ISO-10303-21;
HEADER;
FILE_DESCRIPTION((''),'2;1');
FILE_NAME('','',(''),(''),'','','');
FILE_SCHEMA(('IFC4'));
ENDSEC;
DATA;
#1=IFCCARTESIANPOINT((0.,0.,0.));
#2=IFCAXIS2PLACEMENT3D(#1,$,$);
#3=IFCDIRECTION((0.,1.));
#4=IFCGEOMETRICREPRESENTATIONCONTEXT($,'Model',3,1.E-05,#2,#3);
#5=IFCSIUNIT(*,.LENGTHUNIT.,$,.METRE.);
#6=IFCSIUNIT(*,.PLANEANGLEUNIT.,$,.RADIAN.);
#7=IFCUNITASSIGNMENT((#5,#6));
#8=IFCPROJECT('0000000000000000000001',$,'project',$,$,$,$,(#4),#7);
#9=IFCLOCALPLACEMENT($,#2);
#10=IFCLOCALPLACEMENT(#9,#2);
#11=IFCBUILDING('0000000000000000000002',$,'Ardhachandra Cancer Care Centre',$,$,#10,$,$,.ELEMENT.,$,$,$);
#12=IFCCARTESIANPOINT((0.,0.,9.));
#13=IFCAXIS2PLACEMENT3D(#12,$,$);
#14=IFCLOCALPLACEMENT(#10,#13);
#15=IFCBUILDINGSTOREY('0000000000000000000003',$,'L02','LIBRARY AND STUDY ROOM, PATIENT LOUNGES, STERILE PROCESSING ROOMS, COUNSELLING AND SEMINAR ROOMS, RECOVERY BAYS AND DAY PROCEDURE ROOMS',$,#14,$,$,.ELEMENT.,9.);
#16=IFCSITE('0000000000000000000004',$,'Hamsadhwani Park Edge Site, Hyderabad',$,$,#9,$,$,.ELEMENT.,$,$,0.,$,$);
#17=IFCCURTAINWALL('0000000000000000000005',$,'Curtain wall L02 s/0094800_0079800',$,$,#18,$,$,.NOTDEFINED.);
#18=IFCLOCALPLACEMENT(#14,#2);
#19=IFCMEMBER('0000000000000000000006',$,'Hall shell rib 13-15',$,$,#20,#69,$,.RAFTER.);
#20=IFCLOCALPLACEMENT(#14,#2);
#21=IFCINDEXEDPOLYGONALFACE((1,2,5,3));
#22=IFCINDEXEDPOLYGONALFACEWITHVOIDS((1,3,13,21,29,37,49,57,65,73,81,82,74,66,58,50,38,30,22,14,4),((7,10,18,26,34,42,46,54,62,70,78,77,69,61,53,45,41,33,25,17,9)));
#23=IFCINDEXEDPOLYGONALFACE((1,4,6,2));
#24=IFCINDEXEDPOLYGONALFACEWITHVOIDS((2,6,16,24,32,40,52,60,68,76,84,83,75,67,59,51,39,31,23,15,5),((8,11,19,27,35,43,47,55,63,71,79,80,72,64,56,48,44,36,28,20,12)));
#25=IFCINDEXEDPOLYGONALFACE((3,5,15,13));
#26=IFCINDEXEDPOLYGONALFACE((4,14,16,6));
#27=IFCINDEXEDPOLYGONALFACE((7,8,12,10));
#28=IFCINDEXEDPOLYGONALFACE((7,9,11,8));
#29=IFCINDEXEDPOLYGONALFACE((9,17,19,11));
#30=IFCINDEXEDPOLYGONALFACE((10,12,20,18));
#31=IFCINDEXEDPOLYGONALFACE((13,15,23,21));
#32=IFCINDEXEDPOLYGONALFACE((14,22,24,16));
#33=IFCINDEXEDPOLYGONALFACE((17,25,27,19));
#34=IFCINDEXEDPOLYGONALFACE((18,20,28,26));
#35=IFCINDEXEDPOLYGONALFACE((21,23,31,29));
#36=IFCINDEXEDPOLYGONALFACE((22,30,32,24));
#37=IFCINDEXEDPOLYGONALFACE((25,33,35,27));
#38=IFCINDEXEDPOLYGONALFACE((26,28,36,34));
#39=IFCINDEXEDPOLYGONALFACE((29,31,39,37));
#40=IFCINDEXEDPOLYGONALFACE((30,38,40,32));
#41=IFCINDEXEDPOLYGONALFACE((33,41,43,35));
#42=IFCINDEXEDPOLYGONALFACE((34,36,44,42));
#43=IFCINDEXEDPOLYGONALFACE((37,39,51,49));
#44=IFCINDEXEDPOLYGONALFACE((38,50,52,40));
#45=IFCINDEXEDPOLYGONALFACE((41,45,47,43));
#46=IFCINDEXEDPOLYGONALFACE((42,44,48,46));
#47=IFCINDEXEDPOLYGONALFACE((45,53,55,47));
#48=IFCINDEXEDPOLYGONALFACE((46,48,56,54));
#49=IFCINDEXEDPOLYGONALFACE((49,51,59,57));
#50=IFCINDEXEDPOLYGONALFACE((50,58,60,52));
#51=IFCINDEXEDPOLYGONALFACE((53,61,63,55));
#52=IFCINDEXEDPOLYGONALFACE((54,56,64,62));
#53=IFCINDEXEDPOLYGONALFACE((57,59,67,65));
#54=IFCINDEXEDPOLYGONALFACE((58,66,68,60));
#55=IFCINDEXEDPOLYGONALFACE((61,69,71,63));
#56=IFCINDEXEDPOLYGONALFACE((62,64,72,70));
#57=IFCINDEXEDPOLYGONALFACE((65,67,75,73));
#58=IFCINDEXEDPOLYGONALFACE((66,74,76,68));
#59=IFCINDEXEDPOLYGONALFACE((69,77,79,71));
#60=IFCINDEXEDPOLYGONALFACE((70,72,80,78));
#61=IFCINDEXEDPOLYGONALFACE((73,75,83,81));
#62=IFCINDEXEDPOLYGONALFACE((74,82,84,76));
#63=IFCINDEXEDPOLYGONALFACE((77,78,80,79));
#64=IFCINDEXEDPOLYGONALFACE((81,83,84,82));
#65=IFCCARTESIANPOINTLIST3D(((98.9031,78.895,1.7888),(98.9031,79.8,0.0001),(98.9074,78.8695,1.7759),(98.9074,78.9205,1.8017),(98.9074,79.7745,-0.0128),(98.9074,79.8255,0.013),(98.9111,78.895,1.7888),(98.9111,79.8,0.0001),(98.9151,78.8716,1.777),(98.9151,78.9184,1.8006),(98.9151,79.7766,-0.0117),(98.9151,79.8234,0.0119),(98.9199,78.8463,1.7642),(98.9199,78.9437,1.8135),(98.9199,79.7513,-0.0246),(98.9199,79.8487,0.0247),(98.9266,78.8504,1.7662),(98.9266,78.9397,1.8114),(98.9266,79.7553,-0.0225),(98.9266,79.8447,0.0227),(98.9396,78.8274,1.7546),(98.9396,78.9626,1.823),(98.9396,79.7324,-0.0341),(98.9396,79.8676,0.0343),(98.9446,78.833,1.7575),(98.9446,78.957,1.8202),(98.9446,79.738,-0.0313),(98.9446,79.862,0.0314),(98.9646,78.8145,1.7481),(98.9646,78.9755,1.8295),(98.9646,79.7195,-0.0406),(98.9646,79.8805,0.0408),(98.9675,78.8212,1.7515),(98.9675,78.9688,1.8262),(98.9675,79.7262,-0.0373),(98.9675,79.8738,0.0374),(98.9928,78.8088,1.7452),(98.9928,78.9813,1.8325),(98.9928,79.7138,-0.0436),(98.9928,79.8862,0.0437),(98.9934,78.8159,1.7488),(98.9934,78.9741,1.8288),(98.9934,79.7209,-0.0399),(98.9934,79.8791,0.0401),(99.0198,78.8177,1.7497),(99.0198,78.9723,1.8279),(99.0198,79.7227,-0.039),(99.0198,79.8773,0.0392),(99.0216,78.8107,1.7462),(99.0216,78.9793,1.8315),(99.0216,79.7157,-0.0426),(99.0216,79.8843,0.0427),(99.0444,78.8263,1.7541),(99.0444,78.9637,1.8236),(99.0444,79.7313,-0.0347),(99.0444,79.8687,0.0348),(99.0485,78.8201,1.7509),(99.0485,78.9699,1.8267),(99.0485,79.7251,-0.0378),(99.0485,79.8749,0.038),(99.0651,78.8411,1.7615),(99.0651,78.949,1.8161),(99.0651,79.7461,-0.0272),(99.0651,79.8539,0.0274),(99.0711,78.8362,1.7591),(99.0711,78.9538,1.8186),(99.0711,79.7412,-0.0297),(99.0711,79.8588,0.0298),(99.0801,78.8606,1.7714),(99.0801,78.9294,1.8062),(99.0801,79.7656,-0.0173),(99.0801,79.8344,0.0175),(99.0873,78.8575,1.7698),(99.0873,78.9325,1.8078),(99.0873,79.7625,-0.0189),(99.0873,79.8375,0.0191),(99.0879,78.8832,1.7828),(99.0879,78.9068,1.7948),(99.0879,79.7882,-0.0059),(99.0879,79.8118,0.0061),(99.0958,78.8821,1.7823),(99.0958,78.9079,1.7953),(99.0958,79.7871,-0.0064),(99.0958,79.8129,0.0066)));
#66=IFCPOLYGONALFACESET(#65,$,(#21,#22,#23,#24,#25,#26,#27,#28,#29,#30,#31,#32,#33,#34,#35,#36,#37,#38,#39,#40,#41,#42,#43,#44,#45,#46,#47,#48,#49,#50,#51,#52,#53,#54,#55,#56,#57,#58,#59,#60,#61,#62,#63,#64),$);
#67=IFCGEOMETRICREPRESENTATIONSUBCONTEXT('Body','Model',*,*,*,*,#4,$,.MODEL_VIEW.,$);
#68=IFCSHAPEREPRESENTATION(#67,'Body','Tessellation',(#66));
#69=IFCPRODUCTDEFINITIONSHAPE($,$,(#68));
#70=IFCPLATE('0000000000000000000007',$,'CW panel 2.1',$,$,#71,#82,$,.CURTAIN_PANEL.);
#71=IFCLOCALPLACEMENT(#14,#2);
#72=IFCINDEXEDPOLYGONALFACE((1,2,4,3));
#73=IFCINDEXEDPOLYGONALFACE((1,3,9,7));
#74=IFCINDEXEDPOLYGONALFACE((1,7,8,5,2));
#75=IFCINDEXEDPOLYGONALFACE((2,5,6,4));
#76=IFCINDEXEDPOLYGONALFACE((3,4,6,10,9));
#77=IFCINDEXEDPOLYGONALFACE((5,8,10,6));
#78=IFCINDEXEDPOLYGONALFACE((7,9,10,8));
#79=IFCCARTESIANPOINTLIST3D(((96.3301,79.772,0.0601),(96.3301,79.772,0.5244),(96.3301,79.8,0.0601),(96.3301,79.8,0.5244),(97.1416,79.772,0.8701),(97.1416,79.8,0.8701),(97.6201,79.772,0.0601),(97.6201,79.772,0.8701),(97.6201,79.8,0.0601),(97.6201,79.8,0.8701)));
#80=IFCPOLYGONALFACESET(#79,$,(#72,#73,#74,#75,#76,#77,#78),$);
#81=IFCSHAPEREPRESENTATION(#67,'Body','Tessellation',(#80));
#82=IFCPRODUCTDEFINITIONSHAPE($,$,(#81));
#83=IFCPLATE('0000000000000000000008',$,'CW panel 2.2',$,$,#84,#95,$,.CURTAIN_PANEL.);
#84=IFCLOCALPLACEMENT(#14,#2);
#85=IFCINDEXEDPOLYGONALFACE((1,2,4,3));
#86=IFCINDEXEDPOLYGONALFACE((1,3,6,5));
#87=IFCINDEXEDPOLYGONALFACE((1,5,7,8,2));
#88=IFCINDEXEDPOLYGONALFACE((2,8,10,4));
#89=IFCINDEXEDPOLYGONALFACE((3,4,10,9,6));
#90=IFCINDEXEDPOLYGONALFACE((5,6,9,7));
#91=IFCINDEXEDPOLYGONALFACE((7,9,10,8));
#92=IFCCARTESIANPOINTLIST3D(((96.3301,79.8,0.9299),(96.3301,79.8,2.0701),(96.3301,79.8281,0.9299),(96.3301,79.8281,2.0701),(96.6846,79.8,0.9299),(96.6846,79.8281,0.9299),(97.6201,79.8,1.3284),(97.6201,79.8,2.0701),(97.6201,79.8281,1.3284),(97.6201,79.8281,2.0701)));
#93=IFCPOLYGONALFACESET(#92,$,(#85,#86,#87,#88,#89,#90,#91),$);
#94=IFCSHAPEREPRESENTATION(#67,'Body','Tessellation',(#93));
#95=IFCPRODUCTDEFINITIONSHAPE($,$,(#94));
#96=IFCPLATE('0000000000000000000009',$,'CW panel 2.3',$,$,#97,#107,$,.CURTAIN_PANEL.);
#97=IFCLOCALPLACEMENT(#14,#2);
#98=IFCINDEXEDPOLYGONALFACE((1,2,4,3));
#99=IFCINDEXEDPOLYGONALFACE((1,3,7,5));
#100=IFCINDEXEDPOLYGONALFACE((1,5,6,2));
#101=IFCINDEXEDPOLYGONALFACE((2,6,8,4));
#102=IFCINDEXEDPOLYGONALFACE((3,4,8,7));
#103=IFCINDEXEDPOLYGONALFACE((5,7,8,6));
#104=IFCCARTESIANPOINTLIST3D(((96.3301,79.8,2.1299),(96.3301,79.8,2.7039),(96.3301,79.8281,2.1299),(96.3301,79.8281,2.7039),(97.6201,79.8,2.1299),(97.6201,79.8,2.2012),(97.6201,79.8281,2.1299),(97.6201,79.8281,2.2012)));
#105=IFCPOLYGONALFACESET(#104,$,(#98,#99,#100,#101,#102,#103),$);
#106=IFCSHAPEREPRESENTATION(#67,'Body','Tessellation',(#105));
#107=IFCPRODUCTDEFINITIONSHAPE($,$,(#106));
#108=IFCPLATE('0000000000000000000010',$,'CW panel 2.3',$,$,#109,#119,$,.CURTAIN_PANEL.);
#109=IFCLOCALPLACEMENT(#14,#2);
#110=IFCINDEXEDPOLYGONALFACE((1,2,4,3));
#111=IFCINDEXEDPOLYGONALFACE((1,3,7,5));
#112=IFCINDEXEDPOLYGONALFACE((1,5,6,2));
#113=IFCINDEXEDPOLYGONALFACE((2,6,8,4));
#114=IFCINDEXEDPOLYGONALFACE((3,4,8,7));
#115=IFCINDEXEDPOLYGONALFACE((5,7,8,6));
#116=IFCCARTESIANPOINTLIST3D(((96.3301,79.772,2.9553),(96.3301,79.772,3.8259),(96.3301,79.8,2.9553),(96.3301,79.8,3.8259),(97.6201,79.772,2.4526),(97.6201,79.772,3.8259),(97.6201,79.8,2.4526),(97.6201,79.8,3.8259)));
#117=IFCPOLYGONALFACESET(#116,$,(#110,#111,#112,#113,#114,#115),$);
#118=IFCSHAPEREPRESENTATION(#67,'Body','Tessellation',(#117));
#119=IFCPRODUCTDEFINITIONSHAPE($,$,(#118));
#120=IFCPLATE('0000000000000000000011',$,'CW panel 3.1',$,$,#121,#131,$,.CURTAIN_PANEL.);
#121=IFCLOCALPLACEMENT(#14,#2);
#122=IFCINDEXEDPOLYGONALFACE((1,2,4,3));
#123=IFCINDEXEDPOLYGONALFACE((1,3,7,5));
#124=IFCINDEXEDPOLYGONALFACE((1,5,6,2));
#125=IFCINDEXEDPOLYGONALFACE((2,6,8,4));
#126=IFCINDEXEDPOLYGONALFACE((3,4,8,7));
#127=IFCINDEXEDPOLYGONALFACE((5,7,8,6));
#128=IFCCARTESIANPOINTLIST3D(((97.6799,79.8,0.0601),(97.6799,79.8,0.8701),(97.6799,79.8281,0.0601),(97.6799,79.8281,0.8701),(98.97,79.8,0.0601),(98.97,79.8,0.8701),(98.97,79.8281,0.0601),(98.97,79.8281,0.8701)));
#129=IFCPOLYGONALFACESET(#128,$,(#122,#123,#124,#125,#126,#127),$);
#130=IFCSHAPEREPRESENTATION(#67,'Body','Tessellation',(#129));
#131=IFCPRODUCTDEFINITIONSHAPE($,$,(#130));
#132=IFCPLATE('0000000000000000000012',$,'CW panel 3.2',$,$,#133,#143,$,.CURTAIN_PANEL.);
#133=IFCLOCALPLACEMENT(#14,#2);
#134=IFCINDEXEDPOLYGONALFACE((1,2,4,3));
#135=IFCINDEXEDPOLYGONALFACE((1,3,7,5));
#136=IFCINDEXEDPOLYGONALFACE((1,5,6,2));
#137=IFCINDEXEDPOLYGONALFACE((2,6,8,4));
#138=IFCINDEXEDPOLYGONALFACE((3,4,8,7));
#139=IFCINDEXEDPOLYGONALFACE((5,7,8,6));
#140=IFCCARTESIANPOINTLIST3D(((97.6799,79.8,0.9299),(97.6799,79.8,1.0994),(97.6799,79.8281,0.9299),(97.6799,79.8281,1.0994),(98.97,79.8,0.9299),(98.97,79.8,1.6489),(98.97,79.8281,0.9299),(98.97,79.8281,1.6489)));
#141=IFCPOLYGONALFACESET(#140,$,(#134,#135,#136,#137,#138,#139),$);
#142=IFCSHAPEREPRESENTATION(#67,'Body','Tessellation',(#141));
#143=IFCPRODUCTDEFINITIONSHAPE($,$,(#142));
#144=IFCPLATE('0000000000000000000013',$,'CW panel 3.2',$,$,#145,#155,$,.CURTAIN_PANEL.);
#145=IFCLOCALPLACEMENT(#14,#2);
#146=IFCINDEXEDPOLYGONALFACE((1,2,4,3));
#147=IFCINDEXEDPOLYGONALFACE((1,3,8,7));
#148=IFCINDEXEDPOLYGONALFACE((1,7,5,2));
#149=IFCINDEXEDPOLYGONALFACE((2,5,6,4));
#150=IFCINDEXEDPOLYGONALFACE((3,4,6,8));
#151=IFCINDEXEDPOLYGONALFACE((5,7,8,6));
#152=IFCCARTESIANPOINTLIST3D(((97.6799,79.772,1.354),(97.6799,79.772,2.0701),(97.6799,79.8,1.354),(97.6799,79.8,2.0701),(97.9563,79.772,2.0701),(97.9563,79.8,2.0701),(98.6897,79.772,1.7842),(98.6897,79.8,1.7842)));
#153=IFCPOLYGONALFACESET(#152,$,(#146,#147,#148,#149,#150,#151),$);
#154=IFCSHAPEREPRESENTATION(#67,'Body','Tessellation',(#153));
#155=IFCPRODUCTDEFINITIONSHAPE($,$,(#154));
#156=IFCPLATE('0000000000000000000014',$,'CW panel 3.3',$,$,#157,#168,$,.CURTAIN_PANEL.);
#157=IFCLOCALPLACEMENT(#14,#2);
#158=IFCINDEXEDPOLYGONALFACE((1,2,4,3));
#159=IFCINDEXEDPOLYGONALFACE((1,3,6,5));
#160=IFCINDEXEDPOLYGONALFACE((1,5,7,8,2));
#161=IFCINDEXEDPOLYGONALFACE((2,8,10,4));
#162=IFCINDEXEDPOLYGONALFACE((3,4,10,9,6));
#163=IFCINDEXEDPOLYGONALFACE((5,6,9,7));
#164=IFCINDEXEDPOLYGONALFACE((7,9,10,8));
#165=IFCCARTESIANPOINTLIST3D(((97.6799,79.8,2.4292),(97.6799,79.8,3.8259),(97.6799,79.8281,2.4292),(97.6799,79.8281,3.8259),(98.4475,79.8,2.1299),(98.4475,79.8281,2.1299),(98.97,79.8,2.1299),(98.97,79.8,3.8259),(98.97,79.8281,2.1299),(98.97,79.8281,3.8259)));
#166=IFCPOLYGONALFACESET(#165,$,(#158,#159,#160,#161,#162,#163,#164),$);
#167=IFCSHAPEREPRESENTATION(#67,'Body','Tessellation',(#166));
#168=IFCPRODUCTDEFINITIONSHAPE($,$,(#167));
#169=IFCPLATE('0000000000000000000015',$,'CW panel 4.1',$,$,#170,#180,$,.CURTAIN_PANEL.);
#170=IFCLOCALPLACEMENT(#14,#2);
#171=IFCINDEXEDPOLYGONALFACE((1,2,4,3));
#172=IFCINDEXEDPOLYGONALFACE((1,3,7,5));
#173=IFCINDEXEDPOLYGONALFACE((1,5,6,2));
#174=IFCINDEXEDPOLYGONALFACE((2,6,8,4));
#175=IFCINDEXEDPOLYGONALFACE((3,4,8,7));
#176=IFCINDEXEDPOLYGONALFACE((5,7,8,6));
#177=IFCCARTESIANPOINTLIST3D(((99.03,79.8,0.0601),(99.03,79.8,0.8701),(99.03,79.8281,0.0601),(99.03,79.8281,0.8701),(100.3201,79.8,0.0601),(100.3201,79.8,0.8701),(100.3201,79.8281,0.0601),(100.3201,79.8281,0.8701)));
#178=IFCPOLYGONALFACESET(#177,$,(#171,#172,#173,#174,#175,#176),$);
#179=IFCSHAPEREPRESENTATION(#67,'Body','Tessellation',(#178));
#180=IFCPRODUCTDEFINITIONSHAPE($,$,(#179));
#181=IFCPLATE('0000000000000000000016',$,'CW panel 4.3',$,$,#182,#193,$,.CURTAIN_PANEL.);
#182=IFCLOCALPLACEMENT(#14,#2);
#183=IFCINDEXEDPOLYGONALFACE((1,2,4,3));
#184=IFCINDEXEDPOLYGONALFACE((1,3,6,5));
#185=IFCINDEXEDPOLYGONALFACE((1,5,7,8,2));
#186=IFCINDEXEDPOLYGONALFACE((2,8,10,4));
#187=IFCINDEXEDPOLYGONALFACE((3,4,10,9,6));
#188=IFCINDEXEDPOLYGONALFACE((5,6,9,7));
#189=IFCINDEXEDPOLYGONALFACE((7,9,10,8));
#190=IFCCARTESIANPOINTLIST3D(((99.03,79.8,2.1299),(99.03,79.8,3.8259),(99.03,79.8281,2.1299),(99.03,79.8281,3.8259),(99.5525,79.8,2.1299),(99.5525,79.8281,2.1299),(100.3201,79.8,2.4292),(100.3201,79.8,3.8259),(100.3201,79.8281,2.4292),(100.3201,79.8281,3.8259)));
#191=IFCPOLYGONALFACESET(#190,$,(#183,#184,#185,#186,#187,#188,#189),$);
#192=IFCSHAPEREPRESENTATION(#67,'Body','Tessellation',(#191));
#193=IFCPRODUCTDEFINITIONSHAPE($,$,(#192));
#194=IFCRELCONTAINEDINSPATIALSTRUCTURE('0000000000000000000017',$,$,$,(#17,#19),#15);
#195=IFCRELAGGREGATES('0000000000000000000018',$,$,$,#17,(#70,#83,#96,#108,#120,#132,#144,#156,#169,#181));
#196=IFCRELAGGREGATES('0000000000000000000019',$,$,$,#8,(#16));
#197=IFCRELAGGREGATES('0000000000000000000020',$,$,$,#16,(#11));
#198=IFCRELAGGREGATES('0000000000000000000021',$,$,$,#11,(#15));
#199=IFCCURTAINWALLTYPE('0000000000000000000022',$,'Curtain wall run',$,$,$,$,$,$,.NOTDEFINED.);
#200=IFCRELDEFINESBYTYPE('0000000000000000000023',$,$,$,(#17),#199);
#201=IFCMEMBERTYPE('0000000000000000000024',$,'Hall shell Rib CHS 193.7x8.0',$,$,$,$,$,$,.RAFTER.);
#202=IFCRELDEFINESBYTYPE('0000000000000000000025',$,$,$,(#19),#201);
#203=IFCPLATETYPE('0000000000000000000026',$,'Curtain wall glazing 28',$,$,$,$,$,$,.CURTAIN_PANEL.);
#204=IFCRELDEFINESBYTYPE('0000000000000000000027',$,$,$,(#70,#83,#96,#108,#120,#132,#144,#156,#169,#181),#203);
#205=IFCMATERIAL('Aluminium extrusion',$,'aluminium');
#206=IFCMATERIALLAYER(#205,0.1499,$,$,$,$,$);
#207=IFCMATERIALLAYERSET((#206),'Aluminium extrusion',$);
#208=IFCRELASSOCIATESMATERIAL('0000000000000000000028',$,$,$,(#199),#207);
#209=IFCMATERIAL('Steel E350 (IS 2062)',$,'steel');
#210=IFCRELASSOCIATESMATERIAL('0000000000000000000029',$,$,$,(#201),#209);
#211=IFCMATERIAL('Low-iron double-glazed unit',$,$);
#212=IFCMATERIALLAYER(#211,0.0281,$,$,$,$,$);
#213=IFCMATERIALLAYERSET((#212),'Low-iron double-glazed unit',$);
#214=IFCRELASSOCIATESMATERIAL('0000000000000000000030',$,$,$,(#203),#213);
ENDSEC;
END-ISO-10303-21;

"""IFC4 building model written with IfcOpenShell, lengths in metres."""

from ifc_helpers import new_model, si_unit, direction, frame, origin, origin_2d, place, context, subcontext, project, spatial, polyline, hollow_circle, outline, extrude, material, layer, layer_set, material_profile, profile_set, type_object, element, aggregate, save


model = new_model("IFC4")

# Units and contexts
model_context = context("Model", 3, precision=1e-05, world=origin(), true_north=direction((0.0, 1.0)))
body_context = subcontext(model_context, "Body", "Model", "MODEL_VIEW")
ifc_project = project(units=[si_unit("LENGTHUNIT", "METRE"), si_unit("PLANEANGLEUNIT", "RADIAN")], contexts=[model_context])

# Site, building, storey
site_placement = place(None, origin())
site = spatial("IfcSite", under=ifc_project, at=site_placement, Name="Hamsadhwani Park Edge Site, Hyderabad", CompositionType="ELEMENT", RefElevation=0.0)
building_placement = place(site_placement, origin())
building = spatial("IfcBuilding", under=site, at=building_placement, Name="Ardhachandra Cancer Care Centre", CompositionType="ELEMENT")
storey_placement = place(building_placement, frame((0.0, 0.0, 9.0)))
storey = spatial("IfcBuildingStorey", under=building, at=storey_placement, Name="L02", Description="LIBRARY AND STUDY ROOM, PATIENT LOUNGES, STERILE PROCESSING ROOMS, COUNSELLING AND SEMINAR ROOMS, RECOVERY BAYS AND DAY PROCEDURE ROOMS", CompositionType="ELEMENT", Elevation=9.0)

# Curtain wall
ifc_material_1 = material(Name="Aluminium extrusion", Category="aluminium")
ifc_layer_1 = layer(ifc_material_1, 0.1499)
ifc_layer_set_1 = layer_set([ifc_layer_1], Name="Aluminium extrusion")
curtain_wall_type = type_object("IfcCurtainWallType", Name="Curtain wall run", PredefinedType="NOTDEFINED", material=ifc_layer_set_1)
curtain_wall_placement = place(storey_placement, origin())
curtain_wall = element("IfcCurtainWall", 1, at=curtain_wall_placement, inside=storey, type_object=curtain_wall_type, Name="Curtain wall L02 s/0094800_0079800", PredefinedType="NOTDEFINED")

# Member
ifc_material_2 = material(Name="Steel E350 (IS 2062)", Category="steel")
ifc_material_profile_1 = material_profile(ifc_material_2, hollow_circle(Radius=0.0969, WallThickness=0.0081, at=origin_2d()), Name="CHS 193.7x8.0")
ifc_profile_set_1 = profile_set([ifc_material_profile_1], Name="Steel E350 (IS 2062)")
member_type_1 = type_object("IfcMemberType", Name="Hall shell Rib CHS 193.7x8.0", PredefinedType="RAFTER", material=ifc_profile_set_1)
member_1_placement = place(storey_placement, frame((99.0, 78.895, 1.7888), z_axis=(0.0, 0.451447, -0.892298), x_axis=(-1.0, 0.0, 0.0)))
element("IfcMember", 2, at=member_1_placement, inside=storey, type_object=member_type_1, Name="Hall shell rib 13-15", PredefinedType="RAFTER", context=body_context, shape_type="SweptSolid", body=[
    extrude(hollow_circle(Radius=0.0969, WallThickness=0.0081, at=origin_2d()), origin(), (0.0, 0.0, 1.0), 2.0046),
])

# Plates
ifc_material_3 = material(Name="Low-iron double-glazed unit")
ifc_layer_2 = layer(ifc_material_3, 0.0281)
ifc_layer_set_2 = layer_set([ifc_layer_2], Name="Low-iron double-glazed unit")
plate_type_1 = type_object("IfcPlateType", Name="Curtain wall glazing 28", PredefinedType="CURTAIN_PANEL", material=ifc_layer_set_2)
plate_1_placement = place(storey_placement, frame((97.6201, 79.8, 0.8701), z_axis=(0.0, 1.0, 0.0), x_axis=(0.0, 0.0, -1.0)))
plate_1 = element("IfcPlate", 3, at=plate_1_placement, type_object=plate_type_1, Name="CW panel 2.1", PredefinedType="CURTAIN_PANEL", context=body_context, shape_type="SweptSolid", body=[
    extrude(outline(polyline([(0.0, 0.0), (0.8101, 0.0), (0.8101, 1.29), (0.3457, 1.29), (0.0, 0.4785), (0.0, 0.0)])), frame((0.0, 0.0, -0.0281)), (0.0, 0.0, 1.0), 0.0281),
])
plate_2_placement = place(storey_placement, frame((96.3301, 79.8, 0.9299), z_axis=(0.0, 1.0, 0.0), x_axis=(0.0, 0.0, 1.0)))
plate_2 = element("IfcPlate", 4, at=plate_2_placement, type_object=plate_type_1, Name="CW panel 2.2", PredefinedType="CURTAIN_PANEL", context=body_context, shape_type="SweptSolid", body=[
    extrude(outline(polyline([(0.0, 0.0), (1.1401, 0.0), (1.1401, 1.29), (0.3984, 1.29), (0.0, 0.3545), (0.0, 0.0)])), origin(), (0.0, 0.0, 1.0), 0.0281),
])
plate_3_placement = place(storey_placement, frame((97.6201, 79.8, 2.1299), z_axis=(0.0, 1.0, 0.0), x_axis=(-1.0, 0.0, 0.0)))
plate_3 = element("IfcPlate", 5, at=plate_3_placement, type_object=plate_type_1, Name="CW panel 2.3", PredefinedType="CURTAIN_PANEL", context=body_context, shape_type="SweptSolid", body=[
    extrude(outline(polyline([(0.0, 0.0), (1.29, 0.0), (1.29, 0.574), (0.0, 0.0713), (0.0, 0.0)])), origin(), (0.0, 0.0, 1.0), 0.0281),
])
plate_4_placement = place(storey_placement, frame((96.3301, 79.8, 3.8259), z_axis=(0.0, 1.0, 0.0), x_axis=(1.0, 0.0, 0.0)))
plate_4 = element("IfcPlate", 6, at=plate_4_placement, type_object=plate_type_1, Name="CW panel 2.3", PredefinedType="CURTAIN_PANEL", context=body_context, shape_type="SweptSolid", body=[
    extrude(outline(polyline([(0.0, 0.0), (1.29, 0.0), (1.29, 1.3733), (0.0, 0.8706), (0.0, 0.0)])), frame((0.0, 0.0, -0.0281)), (0.0, 0.0, 1.0), 0.0281),
])
plate_5_placement = place(storey_placement, frame((97.6799, 79.8, 0.0601), z_axis=(0.0, 1.0, 0.0), x_axis=(0.0, 0.0, 1.0)))
plate_5 = element("IfcPlate", 7, at=plate_5_placement, type_object=plate_type_1, Name="CW panel 3.1", PredefinedType="CURTAIN_PANEL", context=body_context, shape_type="SweptSolid", body=[
    extrude(outline(polyline([(0.0, 0.0), (0.8101, 0.0), (0.8101, 1.29), (0.0, 1.29), (0.0, 0.0)])), origin(), (0.0, 0.0, 1.0), 0.0281),
])
plate_6_placement = place(storey_placement, frame((98.97, 79.8, 0.9299), z_axis=(0.0, 1.0, 0.0), x_axis=(-1.0, 0.0, 0.0)))
plate_6 = element("IfcPlate", 8, at=plate_6_placement, type_object=plate_type_1, Name="CW panel 3.2", PredefinedType="CURTAIN_PANEL", context=body_context, shape_type="SweptSolid", body=[
    extrude(outline(polyline([(0.0, 0.0), (1.29, 0.0), (1.29, 0.1694), (0.0, 0.719), (0.0, 0.0)])), origin(), (0.0, 0.0, 1.0), 0.0281),
])
plate_7_placement = place(storey_placement, frame((97.6799, 79.8, 2.0701), z_axis=(0.0, 1.0, 0.0), x_axis=(1.0, 0.0, 0.0)))
plate_7 = element("IfcPlate", 9, at=plate_7_placement, type_object=plate_type_1, Name="CW panel 3.2", PredefinedType="CURTAIN_PANEL", context=body_context, shape_type="SweptSolid", body=[
    extrude(outline(polyline([(0.0, 0.0), (0.2764, 0.0), (1.0098, 0.2859), (0.0, 0.7161), (0.0, 0.0)])), frame((0.0, 0.0, -0.0281)), (0.0, 0.0, 1.0), 0.0281),
])
plate_8_placement = place(storey_placement, frame((97.6799, 79.8, 3.8259), z_axis=(0.0, 1.0, 0.0), x_axis=(1.0, 0.0, 0.0)))
plate_8 = element("IfcPlate", 10, at=plate_8_placement, type_object=plate_type_1, Name="CW panel 3.3", PredefinedType="CURTAIN_PANEL", context=body_context, shape_type="SweptSolid", body=[
    extrude(outline(polyline([(0.0, 0.0), (1.29, 0.0), (1.29, 1.696), (0.7676, 1.696), (0.0, 1.3967), (0.0, 0.0)])), origin(), (0.0, 0.0, 1.0), 0.0281),
])
plate_9_placement = place(storey_placement, frame((99.03, 79.8, 0.0601), z_axis=(0.0, 1.0, 0.0), x_axis=(0.0, 0.0, 1.0)))
plate_9 = element("IfcPlate", 11, at=plate_9_placement, type_object=plate_type_1, Name="CW panel 4.1", PredefinedType="CURTAIN_PANEL", context=body_context, shape_type="SweptSolid", body=[
    extrude(outline(polyline([(0.0, 0.0), (0.8101, 0.0), (0.8101, 1.29), (0.0, 1.29), (0.0, 0.0)])), origin(), (0.0, 0.0, 1.0), 0.0281),
])
plate_10_placement = place(storey_placement, frame((99.03, 79.8, 2.1299), z_axis=(0.0, 1.0, 0.0), x_axis=(0.0, 0.0, 1.0)))
plate_10 = element("IfcPlate", 12, at=plate_10_placement, type_object=plate_type_1, Name="CW panel 4.3", PredefinedType="CURTAIN_PANEL", context=body_context, shape_type="SweptSolid", body=[
    extrude(outline(polyline([(0.0, 0.0), (1.696, 0.0), (1.696, 1.29), (0.2993, 1.29), (0.0, 0.5225), (0.0, 0.0)])), origin(), (0.0, 0.0, 1.0), 0.0281),
])
aggregate(curtain_wall, [plate_1, plate_2, plate_3, plate_4, plate_5, plate_6, plate_7, plate_8, plate_9, plate_10])

save(model, "model.ifc")
